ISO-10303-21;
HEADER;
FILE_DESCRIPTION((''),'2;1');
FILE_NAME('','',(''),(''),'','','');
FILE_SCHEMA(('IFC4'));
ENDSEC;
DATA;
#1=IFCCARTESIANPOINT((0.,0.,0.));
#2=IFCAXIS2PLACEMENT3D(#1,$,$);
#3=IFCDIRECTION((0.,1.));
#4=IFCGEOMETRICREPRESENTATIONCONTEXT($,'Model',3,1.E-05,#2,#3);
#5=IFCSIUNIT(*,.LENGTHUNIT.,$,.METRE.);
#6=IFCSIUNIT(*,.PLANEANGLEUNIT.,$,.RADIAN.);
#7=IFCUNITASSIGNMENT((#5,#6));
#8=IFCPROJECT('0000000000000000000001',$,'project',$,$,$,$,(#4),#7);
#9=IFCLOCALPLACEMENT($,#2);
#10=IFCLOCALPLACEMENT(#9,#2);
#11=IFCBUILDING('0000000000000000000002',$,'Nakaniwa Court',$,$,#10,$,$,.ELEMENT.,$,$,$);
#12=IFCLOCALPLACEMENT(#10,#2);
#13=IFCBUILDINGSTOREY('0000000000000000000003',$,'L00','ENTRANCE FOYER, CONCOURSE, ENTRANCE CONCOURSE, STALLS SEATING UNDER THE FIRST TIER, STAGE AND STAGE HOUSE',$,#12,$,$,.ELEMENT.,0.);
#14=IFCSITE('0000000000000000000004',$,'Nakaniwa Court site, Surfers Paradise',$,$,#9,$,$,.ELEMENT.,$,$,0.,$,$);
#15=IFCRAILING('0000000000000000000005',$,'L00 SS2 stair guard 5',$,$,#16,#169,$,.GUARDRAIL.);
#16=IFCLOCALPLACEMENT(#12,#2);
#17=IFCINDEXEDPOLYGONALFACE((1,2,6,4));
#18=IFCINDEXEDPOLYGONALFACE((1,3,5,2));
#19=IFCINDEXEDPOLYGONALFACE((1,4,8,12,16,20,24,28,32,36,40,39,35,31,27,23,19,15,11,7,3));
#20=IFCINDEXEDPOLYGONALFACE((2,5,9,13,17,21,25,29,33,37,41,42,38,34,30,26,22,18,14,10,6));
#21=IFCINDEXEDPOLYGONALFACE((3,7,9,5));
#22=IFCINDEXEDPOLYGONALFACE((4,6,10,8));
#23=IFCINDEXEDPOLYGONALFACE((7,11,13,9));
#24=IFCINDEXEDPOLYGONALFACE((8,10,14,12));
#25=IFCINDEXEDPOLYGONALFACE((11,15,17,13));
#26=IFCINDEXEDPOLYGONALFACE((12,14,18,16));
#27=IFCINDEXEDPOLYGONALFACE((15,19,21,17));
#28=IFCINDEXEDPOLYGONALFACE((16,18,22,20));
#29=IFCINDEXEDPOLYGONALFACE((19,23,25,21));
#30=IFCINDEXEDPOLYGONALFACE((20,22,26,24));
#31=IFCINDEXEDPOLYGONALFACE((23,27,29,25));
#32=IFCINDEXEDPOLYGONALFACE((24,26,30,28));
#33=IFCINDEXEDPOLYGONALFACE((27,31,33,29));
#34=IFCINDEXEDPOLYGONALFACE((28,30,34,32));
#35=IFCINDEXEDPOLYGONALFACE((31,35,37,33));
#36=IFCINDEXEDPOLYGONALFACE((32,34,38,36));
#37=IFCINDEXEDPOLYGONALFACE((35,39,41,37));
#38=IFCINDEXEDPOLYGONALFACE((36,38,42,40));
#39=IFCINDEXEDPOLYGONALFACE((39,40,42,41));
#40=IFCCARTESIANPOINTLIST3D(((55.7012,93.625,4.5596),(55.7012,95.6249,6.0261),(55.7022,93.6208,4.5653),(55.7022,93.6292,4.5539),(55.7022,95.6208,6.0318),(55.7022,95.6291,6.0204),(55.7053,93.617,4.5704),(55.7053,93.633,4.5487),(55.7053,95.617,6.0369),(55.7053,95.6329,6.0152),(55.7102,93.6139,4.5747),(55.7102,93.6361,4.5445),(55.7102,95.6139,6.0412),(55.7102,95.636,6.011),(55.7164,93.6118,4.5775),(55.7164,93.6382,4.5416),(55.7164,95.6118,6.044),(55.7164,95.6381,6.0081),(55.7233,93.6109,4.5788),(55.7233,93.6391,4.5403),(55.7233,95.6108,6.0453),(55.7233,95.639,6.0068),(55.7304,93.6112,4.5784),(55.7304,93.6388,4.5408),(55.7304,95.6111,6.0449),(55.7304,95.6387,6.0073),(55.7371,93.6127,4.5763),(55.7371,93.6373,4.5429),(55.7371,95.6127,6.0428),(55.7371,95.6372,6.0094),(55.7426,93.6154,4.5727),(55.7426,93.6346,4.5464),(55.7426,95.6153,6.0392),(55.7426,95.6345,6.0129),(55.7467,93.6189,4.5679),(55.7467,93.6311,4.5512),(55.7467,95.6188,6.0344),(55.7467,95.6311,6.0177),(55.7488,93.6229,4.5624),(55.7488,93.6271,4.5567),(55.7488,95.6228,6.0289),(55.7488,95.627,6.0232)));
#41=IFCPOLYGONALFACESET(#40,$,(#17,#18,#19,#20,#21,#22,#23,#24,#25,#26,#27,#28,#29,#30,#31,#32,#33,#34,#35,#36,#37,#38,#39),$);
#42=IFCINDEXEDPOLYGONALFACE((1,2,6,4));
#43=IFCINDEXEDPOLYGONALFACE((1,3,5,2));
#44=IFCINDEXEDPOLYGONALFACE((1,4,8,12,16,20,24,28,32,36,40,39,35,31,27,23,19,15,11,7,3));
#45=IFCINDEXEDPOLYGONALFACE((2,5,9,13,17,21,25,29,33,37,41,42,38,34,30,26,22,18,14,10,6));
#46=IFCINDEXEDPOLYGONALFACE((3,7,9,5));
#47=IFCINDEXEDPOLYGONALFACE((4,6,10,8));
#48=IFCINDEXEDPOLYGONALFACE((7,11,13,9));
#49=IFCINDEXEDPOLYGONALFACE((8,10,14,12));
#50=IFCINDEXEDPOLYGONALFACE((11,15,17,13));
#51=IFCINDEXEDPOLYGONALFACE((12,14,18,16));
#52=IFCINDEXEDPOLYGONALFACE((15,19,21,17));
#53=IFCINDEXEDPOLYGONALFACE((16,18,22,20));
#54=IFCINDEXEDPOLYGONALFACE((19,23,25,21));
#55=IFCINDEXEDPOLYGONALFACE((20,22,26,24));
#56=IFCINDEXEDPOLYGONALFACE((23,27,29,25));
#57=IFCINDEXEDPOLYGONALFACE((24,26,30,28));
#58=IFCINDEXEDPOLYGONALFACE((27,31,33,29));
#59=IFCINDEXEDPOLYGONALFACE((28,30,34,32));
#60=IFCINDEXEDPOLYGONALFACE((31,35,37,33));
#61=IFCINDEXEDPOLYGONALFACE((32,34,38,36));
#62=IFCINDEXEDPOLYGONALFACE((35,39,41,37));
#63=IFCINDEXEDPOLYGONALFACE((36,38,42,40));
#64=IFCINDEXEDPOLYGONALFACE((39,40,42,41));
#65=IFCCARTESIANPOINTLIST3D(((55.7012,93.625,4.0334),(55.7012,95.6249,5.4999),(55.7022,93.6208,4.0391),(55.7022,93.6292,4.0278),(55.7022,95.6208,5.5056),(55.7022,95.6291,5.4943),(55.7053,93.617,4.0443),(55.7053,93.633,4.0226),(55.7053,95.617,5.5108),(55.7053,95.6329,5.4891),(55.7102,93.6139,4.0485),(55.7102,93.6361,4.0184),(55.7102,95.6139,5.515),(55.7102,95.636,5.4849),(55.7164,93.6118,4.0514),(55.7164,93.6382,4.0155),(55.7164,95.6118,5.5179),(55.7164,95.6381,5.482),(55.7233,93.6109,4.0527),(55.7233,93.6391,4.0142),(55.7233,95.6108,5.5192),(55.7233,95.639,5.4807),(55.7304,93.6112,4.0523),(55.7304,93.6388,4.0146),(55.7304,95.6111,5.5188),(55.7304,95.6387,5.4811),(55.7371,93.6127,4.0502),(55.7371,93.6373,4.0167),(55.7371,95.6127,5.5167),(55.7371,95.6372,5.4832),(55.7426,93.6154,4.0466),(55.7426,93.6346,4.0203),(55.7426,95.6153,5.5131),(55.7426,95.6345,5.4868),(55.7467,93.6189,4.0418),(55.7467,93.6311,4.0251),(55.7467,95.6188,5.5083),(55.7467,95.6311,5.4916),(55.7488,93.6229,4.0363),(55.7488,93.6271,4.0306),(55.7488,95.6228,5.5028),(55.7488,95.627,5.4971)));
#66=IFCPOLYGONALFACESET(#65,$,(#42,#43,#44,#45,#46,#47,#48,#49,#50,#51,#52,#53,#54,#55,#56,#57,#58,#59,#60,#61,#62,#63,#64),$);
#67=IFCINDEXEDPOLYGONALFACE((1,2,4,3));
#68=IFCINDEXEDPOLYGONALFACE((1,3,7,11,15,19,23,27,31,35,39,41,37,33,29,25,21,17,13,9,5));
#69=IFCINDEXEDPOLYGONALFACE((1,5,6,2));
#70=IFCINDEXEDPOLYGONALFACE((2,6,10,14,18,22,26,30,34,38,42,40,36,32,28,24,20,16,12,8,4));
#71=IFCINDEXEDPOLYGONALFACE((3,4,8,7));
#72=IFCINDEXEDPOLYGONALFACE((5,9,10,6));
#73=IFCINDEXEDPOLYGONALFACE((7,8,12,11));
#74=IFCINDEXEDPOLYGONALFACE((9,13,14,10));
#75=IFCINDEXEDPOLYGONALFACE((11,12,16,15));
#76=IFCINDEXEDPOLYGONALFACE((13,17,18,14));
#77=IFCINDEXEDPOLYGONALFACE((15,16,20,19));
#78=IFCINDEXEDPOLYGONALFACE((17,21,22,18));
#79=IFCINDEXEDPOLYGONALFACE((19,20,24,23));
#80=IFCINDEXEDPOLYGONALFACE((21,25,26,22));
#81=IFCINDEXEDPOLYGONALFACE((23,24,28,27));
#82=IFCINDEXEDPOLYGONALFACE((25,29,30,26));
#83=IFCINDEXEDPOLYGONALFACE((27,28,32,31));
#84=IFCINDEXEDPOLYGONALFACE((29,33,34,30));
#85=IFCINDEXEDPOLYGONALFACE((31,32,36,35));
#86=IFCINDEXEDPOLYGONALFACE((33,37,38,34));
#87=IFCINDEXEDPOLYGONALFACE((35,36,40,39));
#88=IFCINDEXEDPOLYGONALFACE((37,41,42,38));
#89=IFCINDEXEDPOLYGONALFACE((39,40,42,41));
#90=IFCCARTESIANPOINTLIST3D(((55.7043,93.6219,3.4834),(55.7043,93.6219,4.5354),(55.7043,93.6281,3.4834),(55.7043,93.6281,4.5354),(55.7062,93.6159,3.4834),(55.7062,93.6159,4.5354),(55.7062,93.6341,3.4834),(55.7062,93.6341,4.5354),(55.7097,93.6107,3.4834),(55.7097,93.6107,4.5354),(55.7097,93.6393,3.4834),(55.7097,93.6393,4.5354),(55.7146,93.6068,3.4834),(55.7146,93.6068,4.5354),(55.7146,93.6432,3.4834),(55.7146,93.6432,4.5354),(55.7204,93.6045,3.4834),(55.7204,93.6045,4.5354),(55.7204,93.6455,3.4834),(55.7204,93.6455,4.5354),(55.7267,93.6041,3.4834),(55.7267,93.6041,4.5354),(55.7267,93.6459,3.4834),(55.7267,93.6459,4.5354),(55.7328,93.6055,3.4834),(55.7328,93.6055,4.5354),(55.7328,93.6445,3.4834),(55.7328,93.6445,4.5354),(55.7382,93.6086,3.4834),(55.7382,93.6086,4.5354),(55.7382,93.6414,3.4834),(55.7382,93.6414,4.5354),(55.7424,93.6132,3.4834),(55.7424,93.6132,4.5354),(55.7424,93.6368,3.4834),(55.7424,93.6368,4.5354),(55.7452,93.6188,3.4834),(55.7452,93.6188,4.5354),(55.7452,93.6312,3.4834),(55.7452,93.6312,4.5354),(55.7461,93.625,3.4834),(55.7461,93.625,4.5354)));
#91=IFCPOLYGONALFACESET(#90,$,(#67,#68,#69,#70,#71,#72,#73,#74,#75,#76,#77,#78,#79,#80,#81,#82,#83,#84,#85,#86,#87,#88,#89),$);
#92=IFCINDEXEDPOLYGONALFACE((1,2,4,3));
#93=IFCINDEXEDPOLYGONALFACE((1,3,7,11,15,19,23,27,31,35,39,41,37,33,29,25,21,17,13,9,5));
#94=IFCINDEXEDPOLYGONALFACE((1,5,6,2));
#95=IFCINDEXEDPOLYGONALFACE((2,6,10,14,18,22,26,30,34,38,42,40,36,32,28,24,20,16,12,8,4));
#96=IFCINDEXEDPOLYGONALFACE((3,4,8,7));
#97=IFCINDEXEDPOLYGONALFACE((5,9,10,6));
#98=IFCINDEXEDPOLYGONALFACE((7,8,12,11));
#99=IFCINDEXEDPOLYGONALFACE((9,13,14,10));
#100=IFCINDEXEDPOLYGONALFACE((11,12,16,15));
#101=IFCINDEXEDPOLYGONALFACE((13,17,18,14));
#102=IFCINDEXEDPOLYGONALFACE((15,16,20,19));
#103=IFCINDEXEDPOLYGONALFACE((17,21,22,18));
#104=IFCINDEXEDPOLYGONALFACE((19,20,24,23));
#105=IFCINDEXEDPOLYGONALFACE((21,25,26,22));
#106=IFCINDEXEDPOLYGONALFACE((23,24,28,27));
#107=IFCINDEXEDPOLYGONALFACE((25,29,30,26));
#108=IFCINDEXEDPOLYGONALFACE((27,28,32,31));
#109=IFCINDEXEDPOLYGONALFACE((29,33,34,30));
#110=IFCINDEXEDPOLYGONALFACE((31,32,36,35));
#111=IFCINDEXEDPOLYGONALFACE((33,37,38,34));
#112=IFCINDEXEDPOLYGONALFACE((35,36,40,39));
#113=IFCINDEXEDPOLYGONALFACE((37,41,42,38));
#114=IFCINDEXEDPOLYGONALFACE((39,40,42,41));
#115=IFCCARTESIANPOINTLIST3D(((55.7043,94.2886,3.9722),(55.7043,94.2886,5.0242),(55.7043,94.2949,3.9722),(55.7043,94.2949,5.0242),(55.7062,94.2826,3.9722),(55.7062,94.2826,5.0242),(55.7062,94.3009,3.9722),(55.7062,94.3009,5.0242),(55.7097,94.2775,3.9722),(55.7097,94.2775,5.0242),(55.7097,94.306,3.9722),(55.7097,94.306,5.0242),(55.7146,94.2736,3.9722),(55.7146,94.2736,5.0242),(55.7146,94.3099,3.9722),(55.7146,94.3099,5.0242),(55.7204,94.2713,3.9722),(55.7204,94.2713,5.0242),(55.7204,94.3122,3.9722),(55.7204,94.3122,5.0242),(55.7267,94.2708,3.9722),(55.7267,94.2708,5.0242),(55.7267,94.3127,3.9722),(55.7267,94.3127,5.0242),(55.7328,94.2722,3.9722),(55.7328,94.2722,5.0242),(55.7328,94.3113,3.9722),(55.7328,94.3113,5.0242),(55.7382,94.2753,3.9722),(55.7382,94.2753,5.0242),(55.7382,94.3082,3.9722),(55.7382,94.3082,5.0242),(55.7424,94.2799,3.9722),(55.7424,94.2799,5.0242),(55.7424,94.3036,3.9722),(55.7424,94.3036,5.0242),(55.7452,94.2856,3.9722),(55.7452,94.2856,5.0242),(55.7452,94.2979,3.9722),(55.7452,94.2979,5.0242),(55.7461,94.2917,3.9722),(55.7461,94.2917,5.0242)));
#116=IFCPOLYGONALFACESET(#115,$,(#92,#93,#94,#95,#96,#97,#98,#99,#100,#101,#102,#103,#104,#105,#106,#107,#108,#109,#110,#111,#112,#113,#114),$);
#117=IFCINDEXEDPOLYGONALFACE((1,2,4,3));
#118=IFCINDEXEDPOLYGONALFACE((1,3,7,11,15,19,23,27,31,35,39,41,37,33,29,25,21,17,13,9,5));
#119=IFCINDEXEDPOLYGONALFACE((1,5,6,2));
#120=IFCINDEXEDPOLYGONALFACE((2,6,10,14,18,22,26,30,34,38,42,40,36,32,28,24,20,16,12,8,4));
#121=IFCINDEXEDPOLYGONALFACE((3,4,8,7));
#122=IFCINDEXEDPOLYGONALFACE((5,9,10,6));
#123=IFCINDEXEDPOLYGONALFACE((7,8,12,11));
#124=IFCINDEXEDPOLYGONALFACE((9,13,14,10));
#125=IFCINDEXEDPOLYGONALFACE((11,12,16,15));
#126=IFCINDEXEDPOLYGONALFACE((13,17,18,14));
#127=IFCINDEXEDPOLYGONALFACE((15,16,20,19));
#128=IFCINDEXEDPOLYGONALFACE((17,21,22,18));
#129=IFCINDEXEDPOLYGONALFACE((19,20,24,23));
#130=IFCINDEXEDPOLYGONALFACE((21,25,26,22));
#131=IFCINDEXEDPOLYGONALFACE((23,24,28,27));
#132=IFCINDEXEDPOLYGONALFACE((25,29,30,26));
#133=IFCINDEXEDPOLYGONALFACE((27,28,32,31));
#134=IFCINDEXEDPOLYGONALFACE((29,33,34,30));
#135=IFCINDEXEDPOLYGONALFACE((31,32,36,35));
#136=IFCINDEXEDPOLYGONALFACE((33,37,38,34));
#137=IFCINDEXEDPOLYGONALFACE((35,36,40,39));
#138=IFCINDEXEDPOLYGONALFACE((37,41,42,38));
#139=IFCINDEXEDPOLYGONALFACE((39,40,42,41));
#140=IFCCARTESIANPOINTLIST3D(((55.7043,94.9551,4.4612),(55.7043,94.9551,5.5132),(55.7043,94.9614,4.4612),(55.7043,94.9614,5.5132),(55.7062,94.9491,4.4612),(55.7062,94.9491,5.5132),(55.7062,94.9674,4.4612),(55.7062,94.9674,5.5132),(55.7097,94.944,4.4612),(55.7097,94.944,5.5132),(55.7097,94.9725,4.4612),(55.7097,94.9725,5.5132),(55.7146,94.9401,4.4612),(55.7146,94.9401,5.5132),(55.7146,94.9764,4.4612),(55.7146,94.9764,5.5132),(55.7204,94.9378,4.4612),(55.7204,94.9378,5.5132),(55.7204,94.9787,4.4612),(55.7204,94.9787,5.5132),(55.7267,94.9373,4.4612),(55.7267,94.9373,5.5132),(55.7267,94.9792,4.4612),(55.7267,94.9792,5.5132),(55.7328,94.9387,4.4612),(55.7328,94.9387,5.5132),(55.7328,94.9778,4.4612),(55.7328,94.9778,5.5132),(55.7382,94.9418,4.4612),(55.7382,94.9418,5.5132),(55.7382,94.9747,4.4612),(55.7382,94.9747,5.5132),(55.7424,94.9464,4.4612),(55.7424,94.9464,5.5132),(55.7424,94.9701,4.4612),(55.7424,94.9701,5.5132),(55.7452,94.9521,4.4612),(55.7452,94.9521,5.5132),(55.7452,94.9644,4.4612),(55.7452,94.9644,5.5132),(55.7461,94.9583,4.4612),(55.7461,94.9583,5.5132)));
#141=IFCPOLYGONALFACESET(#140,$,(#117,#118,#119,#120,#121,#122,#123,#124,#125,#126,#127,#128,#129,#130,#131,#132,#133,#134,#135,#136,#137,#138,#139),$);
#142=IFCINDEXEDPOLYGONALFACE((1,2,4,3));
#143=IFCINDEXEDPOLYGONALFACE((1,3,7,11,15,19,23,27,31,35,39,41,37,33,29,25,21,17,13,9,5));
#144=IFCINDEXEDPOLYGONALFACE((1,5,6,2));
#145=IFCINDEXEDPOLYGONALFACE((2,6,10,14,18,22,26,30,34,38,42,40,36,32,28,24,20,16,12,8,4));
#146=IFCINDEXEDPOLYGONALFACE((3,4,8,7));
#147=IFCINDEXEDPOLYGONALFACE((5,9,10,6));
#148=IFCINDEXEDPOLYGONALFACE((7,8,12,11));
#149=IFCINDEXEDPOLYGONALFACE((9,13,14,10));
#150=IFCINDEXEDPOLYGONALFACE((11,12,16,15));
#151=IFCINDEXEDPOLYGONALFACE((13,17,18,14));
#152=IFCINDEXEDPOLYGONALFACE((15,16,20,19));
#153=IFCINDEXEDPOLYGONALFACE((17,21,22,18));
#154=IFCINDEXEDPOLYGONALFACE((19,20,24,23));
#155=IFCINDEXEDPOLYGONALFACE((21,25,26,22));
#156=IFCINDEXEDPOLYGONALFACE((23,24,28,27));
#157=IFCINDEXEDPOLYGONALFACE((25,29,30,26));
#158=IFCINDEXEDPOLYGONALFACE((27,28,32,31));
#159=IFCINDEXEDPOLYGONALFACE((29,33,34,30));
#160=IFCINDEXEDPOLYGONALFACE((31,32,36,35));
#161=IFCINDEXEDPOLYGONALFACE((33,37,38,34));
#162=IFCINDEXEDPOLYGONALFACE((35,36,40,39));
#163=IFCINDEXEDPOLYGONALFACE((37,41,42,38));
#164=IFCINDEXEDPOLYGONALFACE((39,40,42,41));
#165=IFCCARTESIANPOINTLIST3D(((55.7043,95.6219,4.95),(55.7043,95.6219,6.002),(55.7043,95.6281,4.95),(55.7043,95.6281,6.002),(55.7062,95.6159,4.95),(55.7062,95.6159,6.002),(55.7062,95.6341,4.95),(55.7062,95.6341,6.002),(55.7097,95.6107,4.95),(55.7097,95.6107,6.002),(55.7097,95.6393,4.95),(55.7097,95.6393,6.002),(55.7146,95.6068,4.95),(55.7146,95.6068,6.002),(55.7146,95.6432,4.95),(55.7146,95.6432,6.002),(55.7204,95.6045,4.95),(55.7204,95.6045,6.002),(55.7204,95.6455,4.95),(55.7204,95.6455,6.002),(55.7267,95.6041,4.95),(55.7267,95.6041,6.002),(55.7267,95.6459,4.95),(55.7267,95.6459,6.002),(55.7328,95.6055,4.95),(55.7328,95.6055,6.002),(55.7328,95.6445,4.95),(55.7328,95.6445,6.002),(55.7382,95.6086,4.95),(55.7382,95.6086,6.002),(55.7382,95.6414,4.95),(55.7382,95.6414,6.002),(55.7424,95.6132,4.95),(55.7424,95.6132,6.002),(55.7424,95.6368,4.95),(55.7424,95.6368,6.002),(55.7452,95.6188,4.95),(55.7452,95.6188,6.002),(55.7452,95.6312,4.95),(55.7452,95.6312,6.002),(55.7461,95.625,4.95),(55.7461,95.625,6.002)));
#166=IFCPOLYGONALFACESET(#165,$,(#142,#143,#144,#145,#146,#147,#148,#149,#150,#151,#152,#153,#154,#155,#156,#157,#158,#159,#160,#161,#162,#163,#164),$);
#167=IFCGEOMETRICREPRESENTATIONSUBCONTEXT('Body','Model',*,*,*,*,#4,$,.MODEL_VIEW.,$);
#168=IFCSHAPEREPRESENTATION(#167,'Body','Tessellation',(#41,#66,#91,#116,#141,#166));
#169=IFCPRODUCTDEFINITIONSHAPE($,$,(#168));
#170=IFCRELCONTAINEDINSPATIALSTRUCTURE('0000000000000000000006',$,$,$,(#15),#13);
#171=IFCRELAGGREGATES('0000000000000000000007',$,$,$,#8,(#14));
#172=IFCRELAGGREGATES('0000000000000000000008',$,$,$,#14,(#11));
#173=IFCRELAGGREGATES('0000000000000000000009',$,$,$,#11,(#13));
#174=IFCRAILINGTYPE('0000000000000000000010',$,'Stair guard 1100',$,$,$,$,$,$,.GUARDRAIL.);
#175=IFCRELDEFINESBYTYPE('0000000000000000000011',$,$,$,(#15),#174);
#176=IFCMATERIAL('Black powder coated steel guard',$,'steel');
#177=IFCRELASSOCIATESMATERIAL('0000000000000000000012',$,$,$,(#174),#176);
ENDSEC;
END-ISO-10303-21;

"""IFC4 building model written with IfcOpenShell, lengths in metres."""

from ifc_helpers import new_model, si_unit, direction, frame, origin, origin_2d, place, context, subcontext, project, spatial, circle, extrude, material, type_object, element, save


model = new_model("IFC4")

# Units and contexts
model_context = context("Model", 3, precision=1e-05, world=origin(), true_north=direction((0.0, 1.0)))
body_context = subcontext(model_context, "Body", "Model", "MODEL_VIEW")
ifc_project = project(units=[si_unit("LENGTHUNIT", "METRE"), si_unit("PLANEANGLEUNIT", "RADIAN")], contexts=[model_context])

# Site, building, storey
site_placement = place(None, origin())
site = spatial("IfcSite", under=ifc_project, at=site_placement, Name="Nakaniwa Court site, Surfers Paradise", CompositionType="ELEMENT", RefElevation=0.0)
building_placement = place(site_placement, origin())
building = spatial("IfcBuilding", under=site, at=building_placement, Name="Nakaniwa Court", CompositionType="ELEMENT")
storey_placement = place(building_placement, origin())
storey = spatial("IfcBuildingStorey", under=building, at=storey_placement, Name="L00", Description="ENTRANCE FOYER, CONCOURSE, ENTRANCE CONCOURSE, STALLS SEATING UNDER THE FIRST TIER, STAGE AND STAGE HOUSE", CompositionType="ELEMENT", Elevation=0.0)

# Railing
ifc_material_1 = material(Name="Black powder coated steel guard", Category="steel")
railing_type = type_object("IfcRailingType", Name="Stair guard 1100", PredefinedType="GUARDRAIL", material=ifc_material_1)
railing_1_placement = place(storey_placement, frame((55.7251, 93.625, 3.4834)))
element("IfcRailing", 1, at=railing_1_placement, inside=storey, type_object=railing_type, Name="L00 SS2 stair guard 5", PredefinedType="GUARDRAIL", context=body_context, shape_type="SweptSolid", body=[
    extrude(circle(Radius=0.0239, at=origin_2d()), frame((0.0, 0.0, 1.0762), z_axis=(0.0, 0.806427, 0.591334), x_axis=(-1.0, 0.0, 0.0)), (0.0, 0.0, 1.0), 2.48),
    extrude(circle(Radius=0.0239, at=origin_2d()), frame((0.0, 0.0, 0.55), z_axis=(0.0, 0.806427, 0.591334), x_axis=(-1.0, 0.0, 0.0)), (0.0, 0.0, 1.0), 2.48),
    extrude(circle(Radius=0.021, at=origin_2d()), origin(), (0.0, 0.0, 1.0), 1.052),
    extrude(circle(Radius=0.021, at=origin_2d()), frame((0.0, 0.6667, 0.4888)), (0.0, 0.0, 1.0), 1.052),
    extrude(circle(Radius=0.021, at=origin_2d()), frame((0.0, 1.3333, 0.9778)), (0.0, 0.0, 1.0), 1.052),
    extrude(circle(Radius=0.021, at=origin_2d()), frame((0.0, 2.0, 1.4666)), (0.0, 0.0, 1.0), 1.052),
])

save(model, "model.ifc")
